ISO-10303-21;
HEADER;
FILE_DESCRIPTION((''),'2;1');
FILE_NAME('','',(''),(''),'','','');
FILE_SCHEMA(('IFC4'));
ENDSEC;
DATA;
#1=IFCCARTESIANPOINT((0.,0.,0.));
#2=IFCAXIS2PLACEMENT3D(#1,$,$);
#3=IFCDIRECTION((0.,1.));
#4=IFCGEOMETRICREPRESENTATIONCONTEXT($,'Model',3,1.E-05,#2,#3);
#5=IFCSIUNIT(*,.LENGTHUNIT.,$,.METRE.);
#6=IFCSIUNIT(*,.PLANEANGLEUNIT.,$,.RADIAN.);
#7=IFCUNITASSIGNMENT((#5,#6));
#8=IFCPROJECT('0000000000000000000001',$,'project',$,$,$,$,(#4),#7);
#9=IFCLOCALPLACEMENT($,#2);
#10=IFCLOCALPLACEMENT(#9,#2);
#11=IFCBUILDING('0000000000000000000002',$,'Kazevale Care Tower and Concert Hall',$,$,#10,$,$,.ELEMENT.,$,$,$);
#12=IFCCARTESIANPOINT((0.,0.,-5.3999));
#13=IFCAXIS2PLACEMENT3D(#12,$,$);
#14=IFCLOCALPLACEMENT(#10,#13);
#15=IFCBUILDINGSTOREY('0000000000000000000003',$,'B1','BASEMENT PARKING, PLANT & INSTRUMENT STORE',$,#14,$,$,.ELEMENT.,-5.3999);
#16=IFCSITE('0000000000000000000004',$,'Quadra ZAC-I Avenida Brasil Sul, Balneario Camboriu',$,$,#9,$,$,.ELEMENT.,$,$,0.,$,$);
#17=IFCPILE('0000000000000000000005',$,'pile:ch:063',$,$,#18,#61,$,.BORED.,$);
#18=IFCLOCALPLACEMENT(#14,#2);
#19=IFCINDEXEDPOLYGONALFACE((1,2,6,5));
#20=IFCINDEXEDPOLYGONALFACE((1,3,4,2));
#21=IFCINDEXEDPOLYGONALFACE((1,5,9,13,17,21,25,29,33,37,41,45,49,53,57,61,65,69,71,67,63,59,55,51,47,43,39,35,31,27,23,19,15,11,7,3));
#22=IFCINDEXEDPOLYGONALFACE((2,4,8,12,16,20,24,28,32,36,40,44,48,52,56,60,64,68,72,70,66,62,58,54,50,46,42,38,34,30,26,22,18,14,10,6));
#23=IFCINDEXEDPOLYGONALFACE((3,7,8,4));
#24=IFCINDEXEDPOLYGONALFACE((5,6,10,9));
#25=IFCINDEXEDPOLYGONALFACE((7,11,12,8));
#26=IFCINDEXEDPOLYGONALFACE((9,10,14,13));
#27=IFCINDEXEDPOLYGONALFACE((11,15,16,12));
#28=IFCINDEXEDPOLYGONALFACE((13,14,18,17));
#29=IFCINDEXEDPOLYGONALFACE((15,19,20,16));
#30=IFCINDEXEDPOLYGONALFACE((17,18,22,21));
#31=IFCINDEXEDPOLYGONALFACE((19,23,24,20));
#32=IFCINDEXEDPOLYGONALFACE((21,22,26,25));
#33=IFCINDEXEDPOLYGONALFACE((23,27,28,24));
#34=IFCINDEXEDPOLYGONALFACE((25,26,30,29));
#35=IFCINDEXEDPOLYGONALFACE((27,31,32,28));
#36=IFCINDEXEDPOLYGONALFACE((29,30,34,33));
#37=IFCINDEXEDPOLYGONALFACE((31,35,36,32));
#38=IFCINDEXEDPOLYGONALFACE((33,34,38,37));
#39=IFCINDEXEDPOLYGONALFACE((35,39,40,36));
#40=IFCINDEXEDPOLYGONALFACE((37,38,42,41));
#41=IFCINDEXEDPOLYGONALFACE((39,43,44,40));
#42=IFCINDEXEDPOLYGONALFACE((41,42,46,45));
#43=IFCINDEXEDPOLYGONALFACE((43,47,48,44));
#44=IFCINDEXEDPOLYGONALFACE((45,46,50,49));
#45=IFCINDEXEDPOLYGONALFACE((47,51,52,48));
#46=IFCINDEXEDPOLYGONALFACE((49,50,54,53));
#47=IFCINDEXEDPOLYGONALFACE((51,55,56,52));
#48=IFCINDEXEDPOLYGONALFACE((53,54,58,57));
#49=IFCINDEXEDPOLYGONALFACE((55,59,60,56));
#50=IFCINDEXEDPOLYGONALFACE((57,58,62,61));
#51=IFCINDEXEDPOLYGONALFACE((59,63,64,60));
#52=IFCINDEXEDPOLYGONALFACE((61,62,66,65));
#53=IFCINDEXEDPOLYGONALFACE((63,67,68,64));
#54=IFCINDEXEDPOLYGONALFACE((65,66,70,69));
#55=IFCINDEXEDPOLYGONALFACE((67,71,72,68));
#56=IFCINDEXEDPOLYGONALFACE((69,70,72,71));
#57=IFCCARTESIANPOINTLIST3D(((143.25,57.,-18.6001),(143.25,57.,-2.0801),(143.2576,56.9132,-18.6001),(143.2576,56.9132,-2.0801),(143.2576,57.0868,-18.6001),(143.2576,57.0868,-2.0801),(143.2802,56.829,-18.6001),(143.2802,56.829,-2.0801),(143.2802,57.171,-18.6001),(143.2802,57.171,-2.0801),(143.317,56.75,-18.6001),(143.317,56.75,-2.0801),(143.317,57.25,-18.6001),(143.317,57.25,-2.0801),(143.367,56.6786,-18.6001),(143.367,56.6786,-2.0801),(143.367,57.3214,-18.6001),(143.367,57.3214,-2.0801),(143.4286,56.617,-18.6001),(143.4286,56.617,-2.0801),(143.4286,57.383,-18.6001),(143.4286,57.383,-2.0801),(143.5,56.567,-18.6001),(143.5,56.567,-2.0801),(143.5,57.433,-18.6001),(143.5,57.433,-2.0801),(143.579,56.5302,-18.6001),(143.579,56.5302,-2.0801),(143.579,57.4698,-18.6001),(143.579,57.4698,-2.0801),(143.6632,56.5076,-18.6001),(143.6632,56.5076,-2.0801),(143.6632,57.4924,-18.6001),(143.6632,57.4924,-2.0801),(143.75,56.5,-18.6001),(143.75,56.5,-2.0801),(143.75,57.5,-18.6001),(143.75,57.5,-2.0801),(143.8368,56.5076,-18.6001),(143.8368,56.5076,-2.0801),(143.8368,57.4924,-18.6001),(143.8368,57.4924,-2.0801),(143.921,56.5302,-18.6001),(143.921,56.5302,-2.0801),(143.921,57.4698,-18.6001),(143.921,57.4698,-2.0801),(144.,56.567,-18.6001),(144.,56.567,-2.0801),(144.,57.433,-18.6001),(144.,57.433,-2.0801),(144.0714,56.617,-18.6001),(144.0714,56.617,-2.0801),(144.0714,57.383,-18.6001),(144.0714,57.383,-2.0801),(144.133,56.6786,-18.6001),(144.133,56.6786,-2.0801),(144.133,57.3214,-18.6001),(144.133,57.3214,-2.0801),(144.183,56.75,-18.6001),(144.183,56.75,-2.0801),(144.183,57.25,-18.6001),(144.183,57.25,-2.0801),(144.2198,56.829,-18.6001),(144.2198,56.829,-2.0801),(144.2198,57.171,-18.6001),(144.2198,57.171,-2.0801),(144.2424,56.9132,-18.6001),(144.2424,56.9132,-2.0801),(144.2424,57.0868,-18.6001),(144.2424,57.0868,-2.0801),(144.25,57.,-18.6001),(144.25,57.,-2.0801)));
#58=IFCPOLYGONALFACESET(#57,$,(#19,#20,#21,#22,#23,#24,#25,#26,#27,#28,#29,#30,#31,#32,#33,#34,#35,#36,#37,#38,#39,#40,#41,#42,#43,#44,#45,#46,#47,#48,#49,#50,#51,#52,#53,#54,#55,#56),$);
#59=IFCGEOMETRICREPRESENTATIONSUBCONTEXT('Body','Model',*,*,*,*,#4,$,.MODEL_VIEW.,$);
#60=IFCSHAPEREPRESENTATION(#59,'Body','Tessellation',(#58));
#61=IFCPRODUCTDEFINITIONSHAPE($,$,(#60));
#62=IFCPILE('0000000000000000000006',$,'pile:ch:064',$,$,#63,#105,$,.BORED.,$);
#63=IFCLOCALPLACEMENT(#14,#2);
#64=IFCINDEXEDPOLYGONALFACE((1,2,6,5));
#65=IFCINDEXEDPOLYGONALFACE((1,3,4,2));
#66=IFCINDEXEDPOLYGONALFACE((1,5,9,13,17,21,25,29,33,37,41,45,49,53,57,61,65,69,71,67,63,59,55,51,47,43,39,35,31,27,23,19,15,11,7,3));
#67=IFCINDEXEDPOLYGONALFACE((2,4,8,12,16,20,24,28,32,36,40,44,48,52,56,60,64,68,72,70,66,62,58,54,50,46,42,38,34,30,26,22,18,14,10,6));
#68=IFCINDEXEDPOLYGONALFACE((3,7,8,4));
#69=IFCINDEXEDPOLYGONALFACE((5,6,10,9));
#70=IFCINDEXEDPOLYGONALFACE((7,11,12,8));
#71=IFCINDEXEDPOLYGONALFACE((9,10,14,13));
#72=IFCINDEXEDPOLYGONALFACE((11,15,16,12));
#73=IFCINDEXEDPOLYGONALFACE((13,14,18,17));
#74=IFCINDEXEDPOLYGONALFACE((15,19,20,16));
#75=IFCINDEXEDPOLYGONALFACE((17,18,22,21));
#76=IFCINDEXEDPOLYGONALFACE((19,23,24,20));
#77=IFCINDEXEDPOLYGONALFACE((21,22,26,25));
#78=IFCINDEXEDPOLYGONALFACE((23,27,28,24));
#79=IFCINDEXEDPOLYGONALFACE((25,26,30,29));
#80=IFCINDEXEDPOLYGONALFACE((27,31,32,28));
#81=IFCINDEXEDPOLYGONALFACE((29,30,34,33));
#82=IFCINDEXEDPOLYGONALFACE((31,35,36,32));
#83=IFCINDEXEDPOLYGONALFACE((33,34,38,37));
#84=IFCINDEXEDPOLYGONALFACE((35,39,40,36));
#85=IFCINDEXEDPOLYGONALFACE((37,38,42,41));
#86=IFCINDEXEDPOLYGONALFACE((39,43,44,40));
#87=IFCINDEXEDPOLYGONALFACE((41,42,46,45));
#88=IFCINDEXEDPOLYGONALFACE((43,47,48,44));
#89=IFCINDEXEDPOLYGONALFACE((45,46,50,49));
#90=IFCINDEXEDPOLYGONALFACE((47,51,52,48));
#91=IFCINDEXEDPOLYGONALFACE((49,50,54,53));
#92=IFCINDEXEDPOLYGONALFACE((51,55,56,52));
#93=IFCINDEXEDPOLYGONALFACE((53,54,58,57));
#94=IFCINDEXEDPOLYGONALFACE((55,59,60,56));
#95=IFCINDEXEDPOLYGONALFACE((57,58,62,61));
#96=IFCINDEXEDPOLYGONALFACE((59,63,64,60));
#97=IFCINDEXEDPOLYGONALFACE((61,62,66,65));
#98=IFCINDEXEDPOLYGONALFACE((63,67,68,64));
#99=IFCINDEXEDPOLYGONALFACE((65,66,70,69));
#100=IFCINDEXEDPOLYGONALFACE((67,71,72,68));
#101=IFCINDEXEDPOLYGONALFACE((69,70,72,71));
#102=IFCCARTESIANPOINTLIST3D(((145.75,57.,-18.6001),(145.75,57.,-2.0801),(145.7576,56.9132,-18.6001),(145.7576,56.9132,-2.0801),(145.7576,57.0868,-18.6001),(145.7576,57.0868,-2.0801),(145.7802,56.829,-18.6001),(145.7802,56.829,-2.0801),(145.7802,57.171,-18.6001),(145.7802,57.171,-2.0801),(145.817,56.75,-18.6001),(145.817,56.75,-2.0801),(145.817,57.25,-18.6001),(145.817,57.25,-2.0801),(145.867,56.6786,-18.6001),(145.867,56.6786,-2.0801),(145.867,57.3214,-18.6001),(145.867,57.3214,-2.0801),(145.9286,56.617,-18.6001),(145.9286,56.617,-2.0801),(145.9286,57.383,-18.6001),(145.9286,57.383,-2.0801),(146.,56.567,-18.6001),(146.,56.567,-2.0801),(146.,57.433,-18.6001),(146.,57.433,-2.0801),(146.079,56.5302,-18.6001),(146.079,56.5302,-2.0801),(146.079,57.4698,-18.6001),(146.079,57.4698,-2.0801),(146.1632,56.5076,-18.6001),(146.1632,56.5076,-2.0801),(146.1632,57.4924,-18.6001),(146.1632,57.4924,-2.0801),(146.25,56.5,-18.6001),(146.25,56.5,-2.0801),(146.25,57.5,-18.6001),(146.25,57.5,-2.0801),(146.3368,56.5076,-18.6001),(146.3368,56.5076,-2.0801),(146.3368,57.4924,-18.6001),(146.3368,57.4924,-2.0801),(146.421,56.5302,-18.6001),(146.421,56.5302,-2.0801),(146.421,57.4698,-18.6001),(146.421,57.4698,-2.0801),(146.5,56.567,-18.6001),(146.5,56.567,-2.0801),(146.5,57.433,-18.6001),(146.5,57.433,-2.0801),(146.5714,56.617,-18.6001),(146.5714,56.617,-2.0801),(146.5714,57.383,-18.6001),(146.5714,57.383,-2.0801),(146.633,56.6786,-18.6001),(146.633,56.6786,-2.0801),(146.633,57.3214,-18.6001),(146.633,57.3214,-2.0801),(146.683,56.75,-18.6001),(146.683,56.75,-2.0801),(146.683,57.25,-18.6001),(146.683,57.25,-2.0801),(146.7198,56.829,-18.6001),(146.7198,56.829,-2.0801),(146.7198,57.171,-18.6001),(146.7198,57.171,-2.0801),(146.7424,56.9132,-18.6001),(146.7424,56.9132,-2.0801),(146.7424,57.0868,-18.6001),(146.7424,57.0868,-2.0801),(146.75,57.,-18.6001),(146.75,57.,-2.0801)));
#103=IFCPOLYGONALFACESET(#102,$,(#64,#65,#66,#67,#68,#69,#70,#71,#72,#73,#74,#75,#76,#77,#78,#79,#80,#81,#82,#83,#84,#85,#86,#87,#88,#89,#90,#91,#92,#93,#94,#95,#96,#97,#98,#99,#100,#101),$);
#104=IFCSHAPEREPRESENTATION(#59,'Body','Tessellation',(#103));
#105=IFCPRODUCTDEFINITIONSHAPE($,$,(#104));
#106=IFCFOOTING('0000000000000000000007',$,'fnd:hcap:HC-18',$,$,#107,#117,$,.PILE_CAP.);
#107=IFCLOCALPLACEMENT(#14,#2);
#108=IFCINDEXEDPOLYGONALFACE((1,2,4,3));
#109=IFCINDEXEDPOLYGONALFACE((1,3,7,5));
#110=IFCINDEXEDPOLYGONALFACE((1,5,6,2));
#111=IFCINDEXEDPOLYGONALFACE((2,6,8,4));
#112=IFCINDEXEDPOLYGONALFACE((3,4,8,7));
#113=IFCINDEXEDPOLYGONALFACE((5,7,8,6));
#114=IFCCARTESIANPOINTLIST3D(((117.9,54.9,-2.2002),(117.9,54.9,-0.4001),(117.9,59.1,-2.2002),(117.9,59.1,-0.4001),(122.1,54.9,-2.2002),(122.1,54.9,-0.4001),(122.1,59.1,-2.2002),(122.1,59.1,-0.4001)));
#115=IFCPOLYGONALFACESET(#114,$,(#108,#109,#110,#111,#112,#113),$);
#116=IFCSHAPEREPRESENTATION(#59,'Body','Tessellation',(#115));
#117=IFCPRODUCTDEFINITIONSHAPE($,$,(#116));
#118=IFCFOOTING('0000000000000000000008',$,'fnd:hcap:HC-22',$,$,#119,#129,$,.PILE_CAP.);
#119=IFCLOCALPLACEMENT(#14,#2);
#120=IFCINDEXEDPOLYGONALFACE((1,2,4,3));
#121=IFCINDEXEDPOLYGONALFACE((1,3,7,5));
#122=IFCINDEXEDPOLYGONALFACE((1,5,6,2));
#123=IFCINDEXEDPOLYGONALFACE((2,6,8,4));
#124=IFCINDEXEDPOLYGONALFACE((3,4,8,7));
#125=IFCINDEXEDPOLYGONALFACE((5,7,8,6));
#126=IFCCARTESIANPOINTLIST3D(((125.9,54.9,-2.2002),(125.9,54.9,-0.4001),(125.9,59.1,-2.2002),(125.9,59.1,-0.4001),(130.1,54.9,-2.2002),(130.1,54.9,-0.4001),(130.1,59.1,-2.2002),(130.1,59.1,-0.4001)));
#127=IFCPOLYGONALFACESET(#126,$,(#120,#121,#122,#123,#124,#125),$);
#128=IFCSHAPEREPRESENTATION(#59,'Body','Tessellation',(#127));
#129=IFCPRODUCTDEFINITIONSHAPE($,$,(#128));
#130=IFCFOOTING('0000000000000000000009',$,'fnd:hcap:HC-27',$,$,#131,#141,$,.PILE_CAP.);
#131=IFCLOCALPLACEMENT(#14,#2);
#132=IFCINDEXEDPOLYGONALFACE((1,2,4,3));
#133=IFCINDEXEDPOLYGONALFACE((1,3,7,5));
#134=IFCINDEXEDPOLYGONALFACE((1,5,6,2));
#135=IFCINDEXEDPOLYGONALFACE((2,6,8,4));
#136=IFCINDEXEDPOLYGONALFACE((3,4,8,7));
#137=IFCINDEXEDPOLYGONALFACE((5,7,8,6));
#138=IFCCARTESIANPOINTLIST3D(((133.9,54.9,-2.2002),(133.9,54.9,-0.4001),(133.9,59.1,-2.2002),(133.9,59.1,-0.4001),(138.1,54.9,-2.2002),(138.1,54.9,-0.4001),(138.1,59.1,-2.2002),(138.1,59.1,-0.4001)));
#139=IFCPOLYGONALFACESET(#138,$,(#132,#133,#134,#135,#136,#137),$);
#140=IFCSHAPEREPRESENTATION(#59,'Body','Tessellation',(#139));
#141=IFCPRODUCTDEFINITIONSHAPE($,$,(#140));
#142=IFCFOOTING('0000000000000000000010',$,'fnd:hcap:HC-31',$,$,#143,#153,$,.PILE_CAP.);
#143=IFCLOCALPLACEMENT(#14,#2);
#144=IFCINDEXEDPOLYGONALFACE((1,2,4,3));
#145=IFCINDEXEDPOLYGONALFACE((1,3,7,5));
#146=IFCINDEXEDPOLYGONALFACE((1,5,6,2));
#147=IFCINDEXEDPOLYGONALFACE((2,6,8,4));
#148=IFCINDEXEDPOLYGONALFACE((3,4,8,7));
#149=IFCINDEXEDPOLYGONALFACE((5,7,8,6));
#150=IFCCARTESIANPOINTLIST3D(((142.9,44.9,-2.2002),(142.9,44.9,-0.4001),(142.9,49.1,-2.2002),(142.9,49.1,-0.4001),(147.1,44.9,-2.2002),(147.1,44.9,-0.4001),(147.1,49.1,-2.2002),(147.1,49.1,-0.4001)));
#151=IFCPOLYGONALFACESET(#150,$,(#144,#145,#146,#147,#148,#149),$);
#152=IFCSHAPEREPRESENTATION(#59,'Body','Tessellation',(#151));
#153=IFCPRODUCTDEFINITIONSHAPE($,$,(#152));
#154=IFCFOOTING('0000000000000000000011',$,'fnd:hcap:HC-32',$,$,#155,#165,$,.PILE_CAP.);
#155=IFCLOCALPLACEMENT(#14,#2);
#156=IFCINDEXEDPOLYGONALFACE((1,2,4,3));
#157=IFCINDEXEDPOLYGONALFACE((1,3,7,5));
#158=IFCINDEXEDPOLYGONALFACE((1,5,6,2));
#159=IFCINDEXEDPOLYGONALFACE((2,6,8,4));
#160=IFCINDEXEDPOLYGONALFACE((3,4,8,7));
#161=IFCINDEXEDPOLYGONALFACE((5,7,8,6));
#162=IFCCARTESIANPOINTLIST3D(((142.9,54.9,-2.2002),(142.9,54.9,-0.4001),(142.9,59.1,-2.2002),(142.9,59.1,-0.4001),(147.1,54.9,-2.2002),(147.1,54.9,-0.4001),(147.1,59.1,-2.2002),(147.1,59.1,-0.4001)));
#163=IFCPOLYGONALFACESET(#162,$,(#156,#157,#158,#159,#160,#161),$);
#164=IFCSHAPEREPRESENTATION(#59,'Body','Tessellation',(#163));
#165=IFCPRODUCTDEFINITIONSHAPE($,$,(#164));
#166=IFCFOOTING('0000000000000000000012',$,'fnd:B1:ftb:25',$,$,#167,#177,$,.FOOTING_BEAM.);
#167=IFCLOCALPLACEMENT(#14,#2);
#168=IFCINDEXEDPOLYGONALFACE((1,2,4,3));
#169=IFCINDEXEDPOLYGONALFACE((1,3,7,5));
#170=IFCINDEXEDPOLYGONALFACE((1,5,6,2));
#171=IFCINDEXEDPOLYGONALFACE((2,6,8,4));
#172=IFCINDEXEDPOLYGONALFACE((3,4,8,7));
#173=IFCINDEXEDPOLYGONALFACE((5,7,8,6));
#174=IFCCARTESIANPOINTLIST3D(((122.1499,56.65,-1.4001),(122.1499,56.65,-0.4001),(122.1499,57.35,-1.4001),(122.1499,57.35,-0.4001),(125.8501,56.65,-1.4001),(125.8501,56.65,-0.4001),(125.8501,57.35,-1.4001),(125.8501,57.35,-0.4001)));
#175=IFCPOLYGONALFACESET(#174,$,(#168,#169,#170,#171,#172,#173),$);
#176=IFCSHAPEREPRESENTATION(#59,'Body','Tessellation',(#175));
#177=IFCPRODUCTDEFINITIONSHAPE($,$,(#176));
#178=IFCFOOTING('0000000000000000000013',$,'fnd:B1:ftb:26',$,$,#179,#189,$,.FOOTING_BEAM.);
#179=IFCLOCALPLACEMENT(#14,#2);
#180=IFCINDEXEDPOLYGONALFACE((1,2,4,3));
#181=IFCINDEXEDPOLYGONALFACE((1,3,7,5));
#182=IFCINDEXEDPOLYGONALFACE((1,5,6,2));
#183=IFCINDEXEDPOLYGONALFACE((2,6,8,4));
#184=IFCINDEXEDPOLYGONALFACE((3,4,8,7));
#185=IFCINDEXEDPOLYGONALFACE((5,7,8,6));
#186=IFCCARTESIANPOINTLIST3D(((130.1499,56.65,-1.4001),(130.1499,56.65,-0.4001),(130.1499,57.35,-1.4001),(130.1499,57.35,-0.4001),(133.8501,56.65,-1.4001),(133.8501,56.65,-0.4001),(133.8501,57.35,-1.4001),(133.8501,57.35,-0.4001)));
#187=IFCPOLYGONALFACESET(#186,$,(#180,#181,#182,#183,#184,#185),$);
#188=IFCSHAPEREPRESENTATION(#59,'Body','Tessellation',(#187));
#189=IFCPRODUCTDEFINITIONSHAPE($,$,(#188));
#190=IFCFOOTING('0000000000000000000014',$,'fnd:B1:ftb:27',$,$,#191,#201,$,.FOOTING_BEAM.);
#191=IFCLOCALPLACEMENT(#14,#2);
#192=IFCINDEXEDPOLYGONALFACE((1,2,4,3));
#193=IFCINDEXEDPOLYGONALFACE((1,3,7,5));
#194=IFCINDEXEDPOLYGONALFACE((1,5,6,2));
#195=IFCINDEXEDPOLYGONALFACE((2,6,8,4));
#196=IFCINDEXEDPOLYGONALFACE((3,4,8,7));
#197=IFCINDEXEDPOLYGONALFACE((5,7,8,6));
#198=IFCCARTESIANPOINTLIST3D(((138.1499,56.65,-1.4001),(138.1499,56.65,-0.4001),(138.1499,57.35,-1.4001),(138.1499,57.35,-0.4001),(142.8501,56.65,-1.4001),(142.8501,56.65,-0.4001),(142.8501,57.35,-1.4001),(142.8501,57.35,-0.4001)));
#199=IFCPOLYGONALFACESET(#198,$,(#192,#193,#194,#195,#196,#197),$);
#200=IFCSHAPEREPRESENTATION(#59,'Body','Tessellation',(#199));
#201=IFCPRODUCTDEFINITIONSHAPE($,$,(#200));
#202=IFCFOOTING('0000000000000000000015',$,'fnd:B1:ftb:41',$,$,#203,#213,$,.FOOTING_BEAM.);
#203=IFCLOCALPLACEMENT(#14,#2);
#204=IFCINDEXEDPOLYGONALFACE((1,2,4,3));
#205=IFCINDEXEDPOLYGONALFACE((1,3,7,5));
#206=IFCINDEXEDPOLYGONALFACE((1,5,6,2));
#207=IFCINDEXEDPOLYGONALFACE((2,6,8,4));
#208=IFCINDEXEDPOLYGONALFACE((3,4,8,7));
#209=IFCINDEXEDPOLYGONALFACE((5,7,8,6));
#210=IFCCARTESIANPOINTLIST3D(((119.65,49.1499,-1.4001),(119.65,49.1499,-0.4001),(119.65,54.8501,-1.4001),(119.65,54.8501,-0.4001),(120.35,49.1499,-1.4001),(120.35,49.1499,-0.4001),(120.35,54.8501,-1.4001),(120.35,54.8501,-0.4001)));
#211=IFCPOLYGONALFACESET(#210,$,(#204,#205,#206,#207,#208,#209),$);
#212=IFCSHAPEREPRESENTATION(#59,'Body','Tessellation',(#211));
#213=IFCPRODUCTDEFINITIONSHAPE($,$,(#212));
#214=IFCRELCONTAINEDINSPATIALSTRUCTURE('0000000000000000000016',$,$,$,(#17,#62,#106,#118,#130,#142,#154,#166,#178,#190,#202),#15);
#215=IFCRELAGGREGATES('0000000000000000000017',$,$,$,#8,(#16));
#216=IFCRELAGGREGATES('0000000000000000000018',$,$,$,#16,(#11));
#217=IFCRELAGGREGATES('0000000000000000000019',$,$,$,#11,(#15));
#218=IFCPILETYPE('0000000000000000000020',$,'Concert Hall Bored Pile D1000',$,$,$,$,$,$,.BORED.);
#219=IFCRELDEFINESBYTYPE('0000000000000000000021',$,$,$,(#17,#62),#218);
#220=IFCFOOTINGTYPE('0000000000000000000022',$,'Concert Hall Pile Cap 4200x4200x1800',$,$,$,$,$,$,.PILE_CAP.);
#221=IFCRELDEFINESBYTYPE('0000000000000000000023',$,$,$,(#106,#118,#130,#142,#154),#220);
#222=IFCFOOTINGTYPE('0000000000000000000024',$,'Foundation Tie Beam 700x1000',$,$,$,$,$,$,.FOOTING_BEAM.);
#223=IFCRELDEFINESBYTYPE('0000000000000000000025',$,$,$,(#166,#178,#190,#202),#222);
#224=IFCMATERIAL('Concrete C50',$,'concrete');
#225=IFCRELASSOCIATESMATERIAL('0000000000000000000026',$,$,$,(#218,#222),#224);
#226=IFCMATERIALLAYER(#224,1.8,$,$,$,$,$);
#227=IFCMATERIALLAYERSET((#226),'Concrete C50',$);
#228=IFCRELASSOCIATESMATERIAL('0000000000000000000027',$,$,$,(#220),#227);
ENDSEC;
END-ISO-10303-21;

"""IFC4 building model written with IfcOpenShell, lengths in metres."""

from ifc_helpers import new_model, si_unit, direction, frame, frame_2d, origin, origin_2d, place, context, subcontext, project, spatial, rectangle, circle, extrude, material, layer, layer_set, material_profile, profile_set, type_object, element, save


model = new_model("IFC4")

# Units and contexts
model_context = context("Model", 3, precision=1e-05, world=origin(), true_north=direction((0.0, 1.0)))
body_context = subcontext(model_context, "Body", "Model", "MODEL_VIEW")
ifc_project = project(units=[si_unit("LENGTHUNIT", "METRE"), si_unit("PLANEANGLEUNIT", "RADIAN")], contexts=[model_context])

# Site, building, storey
site_placement = place(None, origin())
site = spatial("IfcSite", under=ifc_project, at=site_placement, Name="Quadra ZAC-I Avenida Brasil Sul, Balneario Camboriu", CompositionType="ELEMENT", RefElevation=0.0)
building_placement = place(site_placement, origin())
building = spatial("IfcBuilding", under=site, at=building_placement, Name="Kazevale Care Tower and Concert Hall", CompositionType="ELEMENT")
storey_placement = place(building_placement, frame((0.0, 0.0, -5.3999)))
storey = spatial("IfcBuildingStorey", under=building, at=storey_placement, Name="B1", Description="BASEMENT PARKING, PLANT & INSTRUMENT STORE", CompositionType="ELEMENT", Elevation=-5.3999)

# Piles
ifc_material_1 = material(Name="Concrete C50", Category="concrete")
ifc_material_profile_1 = material_profile(ifc_material_1, circle(Radius=0.5, at=origin_2d()), Name="PILE-D1000")
ifc_profile_set_1 = profile_set([ifc_material_profile_1], Name="Concrete C50")
pile_type = type_object("IfcPileType", Name="Concert Hall Bored Pile D1000", PredefinedType="BORED", material=ifc_profile_set_1)
for number, where, z_axis, x_axis, name in (
    (1, (143.75, 57.0, -2.0801), (0.0, 0.0, -1.0), (1.0, 0.0, 0.0), "pile:ch:063"),
    (2, (146.25, 57.0, -2.0801), (0.0, 0.0, -1.0), (1.0, 0.0, 0.0), "pile:ch:064"),
):
    element("IfcPile", number, at=place(storey_placement, frame(where, z_axis=z_axis, x_axis=x_axis)), inside=storey, type_object=pile_type, Name=name, PredefinedType="BORED", context=body_context, shape_type="SweptSolid", body=[
        extrude(circle(Radius=0.5, at=origin_2d()), origin(), (0.0, 0.0, 1.0), 16.52),
    ])

# Footings
ifc_layer_1 = layer(ifc_material_1, 1.8)
ifc_layer_set_1 = layer_set([ifc_layer_1], Name="Concrete C50")
footing_type_1 = type_object("IfcFootingType", Name="Concert Hall Pile Cap 4200x4200x1800", PredefinedType="PILE_CAP", material=ifc_layer_set_1)
for number, where, z_axis, x_axis, name in (
    (3, (120.0, 57.0, -2.2002), (0.0, 0.0, 1.0), (1.0, 0.0, 0.0), "fnd:hcap:HC-18"),
    (4, (128.0, 57.0, -2.2002), (0.0, 0.0, 1.0), (1.0, 0.0, 0.0), "fnd:hcap:HC-22"),
    (5, (136.0, 57.0, -2.2002), (0.0, 0.0, 1.0), (1.0, 0.0, 0.0), "fnd:hcap:HC-27"),
    (6, (145.0, 47.0, -2.2002), (0.0, 0.0, 1.0), (1.0, 0.0, 0.0), "fnd:hcap:HC-31"),
    (7, (145.0, 57.0, -2.2002), (0.0, 0.0, 1.0), (1.0, 0.0, 0.0), "fnd:hcap:HC-32"),
):
    element("IfcFooting", number, at=place(storey_placement, frame(where, z_axis=z_axis, x_axis=x_axis)), inside=storey, type_object=footing_type_1, Name=name, PredefinedType="PILE_CAP", context=body_context, shape_type="SweptSolid", body=[
        extrude(rectangle(XDim=4.2, YDim=4.2, at=origin_2d()), origin(), (0.0, 0.0, 1.0), 1.8),
    ])
ifc_material_profile_2 = material_profile(ifc_material_1, rectangle(XDim=0.7, YDim=1.0, at=origin_2d()), Name="RC-GB700x1000")
ifc_profile_set_2 = profile_set([ifc_material_profile_2], Name="Concrete C50")
footing_type_2 = type_object("IfcFootingType", Name="Foundation Tie Beam 700x1000", PredefinedType="FOOTING_BEAM", material=ifc_profile_set_2)
for number, where, z_axis, x_axis, name in (
    (8, (122.1499, 57.0, -1.4001), (0.0, 0.0, 1.0), (1.0, 0.0, 0.0), "fnd:B1:ftb:25"),
    (9, (130.1499, 57.0, -1.4001), (0.0, 0.0, 1.0), (1.0, 0.0, 0.0), "fnd:B1:ftb:26"),
):
    element("IfcFooting", number, at=place(storey_placement, frame(where, z_axis=z_axis, x_axis=x_axis)), inside=storey, type_object=footing_type_2, Name=name, PredefinedType="FOOTING_BEAM", context=body_context, shape_type="SweptSolid", body=[
        extrude(rectangle(XDim=3.7002, YDim=0.7, at=frame_2d((1.8501, 0.0))), origin(), (0.0, 0.0, 1.0), 1.0),
    ])
footing_1_placement = place(storey_placement, frame((138.1499, 57.0, -1.4001), z_axis=(0.0, 0.0, 1.0), x_axis=(1.0, 0.0, 0.0)))
element("IfcFooting", 10, at=footing_1_placement, inside=storey, type_object=footing_type_2, Name="fnd:B1:ftb:27", PredefinedType="FOOTING_BEAM", context=body_context, shape_type="SweptSolid", body=[
    extrude(rectangle(XDim=4.7002, YDim=0.7, at=frame_2d((2.3501, 0.0))), origin(), (0.0, 0.0, 1.0), 1.0),
])
for number, where, z_axis, x_axis, name in (
    (11, (120.0, 49.1499, -1.4001), (0.0, 0.0, 1.0), (0.0, 1.0, 0.0), "fnd:B1:ftb:41"),
):
    element("IfcFooting", number, at=place(storey_placement, frame(where, z_axis=z_axis, x_axis=x_axis)), inside=storey, type_object=footing_type_2, Name=name, PredefinedType="FOOTING_BEAM", context=body_context, shape_type="SweptSolid", body=[
        extrude(rectangle(XDim=5.7002, YDim=0.7, at=frame_2d((2.8501, 0.0))), origin(), (0.0, 0.0, 1.0), 1.0),
    ])

save(model, "model.ifc")
